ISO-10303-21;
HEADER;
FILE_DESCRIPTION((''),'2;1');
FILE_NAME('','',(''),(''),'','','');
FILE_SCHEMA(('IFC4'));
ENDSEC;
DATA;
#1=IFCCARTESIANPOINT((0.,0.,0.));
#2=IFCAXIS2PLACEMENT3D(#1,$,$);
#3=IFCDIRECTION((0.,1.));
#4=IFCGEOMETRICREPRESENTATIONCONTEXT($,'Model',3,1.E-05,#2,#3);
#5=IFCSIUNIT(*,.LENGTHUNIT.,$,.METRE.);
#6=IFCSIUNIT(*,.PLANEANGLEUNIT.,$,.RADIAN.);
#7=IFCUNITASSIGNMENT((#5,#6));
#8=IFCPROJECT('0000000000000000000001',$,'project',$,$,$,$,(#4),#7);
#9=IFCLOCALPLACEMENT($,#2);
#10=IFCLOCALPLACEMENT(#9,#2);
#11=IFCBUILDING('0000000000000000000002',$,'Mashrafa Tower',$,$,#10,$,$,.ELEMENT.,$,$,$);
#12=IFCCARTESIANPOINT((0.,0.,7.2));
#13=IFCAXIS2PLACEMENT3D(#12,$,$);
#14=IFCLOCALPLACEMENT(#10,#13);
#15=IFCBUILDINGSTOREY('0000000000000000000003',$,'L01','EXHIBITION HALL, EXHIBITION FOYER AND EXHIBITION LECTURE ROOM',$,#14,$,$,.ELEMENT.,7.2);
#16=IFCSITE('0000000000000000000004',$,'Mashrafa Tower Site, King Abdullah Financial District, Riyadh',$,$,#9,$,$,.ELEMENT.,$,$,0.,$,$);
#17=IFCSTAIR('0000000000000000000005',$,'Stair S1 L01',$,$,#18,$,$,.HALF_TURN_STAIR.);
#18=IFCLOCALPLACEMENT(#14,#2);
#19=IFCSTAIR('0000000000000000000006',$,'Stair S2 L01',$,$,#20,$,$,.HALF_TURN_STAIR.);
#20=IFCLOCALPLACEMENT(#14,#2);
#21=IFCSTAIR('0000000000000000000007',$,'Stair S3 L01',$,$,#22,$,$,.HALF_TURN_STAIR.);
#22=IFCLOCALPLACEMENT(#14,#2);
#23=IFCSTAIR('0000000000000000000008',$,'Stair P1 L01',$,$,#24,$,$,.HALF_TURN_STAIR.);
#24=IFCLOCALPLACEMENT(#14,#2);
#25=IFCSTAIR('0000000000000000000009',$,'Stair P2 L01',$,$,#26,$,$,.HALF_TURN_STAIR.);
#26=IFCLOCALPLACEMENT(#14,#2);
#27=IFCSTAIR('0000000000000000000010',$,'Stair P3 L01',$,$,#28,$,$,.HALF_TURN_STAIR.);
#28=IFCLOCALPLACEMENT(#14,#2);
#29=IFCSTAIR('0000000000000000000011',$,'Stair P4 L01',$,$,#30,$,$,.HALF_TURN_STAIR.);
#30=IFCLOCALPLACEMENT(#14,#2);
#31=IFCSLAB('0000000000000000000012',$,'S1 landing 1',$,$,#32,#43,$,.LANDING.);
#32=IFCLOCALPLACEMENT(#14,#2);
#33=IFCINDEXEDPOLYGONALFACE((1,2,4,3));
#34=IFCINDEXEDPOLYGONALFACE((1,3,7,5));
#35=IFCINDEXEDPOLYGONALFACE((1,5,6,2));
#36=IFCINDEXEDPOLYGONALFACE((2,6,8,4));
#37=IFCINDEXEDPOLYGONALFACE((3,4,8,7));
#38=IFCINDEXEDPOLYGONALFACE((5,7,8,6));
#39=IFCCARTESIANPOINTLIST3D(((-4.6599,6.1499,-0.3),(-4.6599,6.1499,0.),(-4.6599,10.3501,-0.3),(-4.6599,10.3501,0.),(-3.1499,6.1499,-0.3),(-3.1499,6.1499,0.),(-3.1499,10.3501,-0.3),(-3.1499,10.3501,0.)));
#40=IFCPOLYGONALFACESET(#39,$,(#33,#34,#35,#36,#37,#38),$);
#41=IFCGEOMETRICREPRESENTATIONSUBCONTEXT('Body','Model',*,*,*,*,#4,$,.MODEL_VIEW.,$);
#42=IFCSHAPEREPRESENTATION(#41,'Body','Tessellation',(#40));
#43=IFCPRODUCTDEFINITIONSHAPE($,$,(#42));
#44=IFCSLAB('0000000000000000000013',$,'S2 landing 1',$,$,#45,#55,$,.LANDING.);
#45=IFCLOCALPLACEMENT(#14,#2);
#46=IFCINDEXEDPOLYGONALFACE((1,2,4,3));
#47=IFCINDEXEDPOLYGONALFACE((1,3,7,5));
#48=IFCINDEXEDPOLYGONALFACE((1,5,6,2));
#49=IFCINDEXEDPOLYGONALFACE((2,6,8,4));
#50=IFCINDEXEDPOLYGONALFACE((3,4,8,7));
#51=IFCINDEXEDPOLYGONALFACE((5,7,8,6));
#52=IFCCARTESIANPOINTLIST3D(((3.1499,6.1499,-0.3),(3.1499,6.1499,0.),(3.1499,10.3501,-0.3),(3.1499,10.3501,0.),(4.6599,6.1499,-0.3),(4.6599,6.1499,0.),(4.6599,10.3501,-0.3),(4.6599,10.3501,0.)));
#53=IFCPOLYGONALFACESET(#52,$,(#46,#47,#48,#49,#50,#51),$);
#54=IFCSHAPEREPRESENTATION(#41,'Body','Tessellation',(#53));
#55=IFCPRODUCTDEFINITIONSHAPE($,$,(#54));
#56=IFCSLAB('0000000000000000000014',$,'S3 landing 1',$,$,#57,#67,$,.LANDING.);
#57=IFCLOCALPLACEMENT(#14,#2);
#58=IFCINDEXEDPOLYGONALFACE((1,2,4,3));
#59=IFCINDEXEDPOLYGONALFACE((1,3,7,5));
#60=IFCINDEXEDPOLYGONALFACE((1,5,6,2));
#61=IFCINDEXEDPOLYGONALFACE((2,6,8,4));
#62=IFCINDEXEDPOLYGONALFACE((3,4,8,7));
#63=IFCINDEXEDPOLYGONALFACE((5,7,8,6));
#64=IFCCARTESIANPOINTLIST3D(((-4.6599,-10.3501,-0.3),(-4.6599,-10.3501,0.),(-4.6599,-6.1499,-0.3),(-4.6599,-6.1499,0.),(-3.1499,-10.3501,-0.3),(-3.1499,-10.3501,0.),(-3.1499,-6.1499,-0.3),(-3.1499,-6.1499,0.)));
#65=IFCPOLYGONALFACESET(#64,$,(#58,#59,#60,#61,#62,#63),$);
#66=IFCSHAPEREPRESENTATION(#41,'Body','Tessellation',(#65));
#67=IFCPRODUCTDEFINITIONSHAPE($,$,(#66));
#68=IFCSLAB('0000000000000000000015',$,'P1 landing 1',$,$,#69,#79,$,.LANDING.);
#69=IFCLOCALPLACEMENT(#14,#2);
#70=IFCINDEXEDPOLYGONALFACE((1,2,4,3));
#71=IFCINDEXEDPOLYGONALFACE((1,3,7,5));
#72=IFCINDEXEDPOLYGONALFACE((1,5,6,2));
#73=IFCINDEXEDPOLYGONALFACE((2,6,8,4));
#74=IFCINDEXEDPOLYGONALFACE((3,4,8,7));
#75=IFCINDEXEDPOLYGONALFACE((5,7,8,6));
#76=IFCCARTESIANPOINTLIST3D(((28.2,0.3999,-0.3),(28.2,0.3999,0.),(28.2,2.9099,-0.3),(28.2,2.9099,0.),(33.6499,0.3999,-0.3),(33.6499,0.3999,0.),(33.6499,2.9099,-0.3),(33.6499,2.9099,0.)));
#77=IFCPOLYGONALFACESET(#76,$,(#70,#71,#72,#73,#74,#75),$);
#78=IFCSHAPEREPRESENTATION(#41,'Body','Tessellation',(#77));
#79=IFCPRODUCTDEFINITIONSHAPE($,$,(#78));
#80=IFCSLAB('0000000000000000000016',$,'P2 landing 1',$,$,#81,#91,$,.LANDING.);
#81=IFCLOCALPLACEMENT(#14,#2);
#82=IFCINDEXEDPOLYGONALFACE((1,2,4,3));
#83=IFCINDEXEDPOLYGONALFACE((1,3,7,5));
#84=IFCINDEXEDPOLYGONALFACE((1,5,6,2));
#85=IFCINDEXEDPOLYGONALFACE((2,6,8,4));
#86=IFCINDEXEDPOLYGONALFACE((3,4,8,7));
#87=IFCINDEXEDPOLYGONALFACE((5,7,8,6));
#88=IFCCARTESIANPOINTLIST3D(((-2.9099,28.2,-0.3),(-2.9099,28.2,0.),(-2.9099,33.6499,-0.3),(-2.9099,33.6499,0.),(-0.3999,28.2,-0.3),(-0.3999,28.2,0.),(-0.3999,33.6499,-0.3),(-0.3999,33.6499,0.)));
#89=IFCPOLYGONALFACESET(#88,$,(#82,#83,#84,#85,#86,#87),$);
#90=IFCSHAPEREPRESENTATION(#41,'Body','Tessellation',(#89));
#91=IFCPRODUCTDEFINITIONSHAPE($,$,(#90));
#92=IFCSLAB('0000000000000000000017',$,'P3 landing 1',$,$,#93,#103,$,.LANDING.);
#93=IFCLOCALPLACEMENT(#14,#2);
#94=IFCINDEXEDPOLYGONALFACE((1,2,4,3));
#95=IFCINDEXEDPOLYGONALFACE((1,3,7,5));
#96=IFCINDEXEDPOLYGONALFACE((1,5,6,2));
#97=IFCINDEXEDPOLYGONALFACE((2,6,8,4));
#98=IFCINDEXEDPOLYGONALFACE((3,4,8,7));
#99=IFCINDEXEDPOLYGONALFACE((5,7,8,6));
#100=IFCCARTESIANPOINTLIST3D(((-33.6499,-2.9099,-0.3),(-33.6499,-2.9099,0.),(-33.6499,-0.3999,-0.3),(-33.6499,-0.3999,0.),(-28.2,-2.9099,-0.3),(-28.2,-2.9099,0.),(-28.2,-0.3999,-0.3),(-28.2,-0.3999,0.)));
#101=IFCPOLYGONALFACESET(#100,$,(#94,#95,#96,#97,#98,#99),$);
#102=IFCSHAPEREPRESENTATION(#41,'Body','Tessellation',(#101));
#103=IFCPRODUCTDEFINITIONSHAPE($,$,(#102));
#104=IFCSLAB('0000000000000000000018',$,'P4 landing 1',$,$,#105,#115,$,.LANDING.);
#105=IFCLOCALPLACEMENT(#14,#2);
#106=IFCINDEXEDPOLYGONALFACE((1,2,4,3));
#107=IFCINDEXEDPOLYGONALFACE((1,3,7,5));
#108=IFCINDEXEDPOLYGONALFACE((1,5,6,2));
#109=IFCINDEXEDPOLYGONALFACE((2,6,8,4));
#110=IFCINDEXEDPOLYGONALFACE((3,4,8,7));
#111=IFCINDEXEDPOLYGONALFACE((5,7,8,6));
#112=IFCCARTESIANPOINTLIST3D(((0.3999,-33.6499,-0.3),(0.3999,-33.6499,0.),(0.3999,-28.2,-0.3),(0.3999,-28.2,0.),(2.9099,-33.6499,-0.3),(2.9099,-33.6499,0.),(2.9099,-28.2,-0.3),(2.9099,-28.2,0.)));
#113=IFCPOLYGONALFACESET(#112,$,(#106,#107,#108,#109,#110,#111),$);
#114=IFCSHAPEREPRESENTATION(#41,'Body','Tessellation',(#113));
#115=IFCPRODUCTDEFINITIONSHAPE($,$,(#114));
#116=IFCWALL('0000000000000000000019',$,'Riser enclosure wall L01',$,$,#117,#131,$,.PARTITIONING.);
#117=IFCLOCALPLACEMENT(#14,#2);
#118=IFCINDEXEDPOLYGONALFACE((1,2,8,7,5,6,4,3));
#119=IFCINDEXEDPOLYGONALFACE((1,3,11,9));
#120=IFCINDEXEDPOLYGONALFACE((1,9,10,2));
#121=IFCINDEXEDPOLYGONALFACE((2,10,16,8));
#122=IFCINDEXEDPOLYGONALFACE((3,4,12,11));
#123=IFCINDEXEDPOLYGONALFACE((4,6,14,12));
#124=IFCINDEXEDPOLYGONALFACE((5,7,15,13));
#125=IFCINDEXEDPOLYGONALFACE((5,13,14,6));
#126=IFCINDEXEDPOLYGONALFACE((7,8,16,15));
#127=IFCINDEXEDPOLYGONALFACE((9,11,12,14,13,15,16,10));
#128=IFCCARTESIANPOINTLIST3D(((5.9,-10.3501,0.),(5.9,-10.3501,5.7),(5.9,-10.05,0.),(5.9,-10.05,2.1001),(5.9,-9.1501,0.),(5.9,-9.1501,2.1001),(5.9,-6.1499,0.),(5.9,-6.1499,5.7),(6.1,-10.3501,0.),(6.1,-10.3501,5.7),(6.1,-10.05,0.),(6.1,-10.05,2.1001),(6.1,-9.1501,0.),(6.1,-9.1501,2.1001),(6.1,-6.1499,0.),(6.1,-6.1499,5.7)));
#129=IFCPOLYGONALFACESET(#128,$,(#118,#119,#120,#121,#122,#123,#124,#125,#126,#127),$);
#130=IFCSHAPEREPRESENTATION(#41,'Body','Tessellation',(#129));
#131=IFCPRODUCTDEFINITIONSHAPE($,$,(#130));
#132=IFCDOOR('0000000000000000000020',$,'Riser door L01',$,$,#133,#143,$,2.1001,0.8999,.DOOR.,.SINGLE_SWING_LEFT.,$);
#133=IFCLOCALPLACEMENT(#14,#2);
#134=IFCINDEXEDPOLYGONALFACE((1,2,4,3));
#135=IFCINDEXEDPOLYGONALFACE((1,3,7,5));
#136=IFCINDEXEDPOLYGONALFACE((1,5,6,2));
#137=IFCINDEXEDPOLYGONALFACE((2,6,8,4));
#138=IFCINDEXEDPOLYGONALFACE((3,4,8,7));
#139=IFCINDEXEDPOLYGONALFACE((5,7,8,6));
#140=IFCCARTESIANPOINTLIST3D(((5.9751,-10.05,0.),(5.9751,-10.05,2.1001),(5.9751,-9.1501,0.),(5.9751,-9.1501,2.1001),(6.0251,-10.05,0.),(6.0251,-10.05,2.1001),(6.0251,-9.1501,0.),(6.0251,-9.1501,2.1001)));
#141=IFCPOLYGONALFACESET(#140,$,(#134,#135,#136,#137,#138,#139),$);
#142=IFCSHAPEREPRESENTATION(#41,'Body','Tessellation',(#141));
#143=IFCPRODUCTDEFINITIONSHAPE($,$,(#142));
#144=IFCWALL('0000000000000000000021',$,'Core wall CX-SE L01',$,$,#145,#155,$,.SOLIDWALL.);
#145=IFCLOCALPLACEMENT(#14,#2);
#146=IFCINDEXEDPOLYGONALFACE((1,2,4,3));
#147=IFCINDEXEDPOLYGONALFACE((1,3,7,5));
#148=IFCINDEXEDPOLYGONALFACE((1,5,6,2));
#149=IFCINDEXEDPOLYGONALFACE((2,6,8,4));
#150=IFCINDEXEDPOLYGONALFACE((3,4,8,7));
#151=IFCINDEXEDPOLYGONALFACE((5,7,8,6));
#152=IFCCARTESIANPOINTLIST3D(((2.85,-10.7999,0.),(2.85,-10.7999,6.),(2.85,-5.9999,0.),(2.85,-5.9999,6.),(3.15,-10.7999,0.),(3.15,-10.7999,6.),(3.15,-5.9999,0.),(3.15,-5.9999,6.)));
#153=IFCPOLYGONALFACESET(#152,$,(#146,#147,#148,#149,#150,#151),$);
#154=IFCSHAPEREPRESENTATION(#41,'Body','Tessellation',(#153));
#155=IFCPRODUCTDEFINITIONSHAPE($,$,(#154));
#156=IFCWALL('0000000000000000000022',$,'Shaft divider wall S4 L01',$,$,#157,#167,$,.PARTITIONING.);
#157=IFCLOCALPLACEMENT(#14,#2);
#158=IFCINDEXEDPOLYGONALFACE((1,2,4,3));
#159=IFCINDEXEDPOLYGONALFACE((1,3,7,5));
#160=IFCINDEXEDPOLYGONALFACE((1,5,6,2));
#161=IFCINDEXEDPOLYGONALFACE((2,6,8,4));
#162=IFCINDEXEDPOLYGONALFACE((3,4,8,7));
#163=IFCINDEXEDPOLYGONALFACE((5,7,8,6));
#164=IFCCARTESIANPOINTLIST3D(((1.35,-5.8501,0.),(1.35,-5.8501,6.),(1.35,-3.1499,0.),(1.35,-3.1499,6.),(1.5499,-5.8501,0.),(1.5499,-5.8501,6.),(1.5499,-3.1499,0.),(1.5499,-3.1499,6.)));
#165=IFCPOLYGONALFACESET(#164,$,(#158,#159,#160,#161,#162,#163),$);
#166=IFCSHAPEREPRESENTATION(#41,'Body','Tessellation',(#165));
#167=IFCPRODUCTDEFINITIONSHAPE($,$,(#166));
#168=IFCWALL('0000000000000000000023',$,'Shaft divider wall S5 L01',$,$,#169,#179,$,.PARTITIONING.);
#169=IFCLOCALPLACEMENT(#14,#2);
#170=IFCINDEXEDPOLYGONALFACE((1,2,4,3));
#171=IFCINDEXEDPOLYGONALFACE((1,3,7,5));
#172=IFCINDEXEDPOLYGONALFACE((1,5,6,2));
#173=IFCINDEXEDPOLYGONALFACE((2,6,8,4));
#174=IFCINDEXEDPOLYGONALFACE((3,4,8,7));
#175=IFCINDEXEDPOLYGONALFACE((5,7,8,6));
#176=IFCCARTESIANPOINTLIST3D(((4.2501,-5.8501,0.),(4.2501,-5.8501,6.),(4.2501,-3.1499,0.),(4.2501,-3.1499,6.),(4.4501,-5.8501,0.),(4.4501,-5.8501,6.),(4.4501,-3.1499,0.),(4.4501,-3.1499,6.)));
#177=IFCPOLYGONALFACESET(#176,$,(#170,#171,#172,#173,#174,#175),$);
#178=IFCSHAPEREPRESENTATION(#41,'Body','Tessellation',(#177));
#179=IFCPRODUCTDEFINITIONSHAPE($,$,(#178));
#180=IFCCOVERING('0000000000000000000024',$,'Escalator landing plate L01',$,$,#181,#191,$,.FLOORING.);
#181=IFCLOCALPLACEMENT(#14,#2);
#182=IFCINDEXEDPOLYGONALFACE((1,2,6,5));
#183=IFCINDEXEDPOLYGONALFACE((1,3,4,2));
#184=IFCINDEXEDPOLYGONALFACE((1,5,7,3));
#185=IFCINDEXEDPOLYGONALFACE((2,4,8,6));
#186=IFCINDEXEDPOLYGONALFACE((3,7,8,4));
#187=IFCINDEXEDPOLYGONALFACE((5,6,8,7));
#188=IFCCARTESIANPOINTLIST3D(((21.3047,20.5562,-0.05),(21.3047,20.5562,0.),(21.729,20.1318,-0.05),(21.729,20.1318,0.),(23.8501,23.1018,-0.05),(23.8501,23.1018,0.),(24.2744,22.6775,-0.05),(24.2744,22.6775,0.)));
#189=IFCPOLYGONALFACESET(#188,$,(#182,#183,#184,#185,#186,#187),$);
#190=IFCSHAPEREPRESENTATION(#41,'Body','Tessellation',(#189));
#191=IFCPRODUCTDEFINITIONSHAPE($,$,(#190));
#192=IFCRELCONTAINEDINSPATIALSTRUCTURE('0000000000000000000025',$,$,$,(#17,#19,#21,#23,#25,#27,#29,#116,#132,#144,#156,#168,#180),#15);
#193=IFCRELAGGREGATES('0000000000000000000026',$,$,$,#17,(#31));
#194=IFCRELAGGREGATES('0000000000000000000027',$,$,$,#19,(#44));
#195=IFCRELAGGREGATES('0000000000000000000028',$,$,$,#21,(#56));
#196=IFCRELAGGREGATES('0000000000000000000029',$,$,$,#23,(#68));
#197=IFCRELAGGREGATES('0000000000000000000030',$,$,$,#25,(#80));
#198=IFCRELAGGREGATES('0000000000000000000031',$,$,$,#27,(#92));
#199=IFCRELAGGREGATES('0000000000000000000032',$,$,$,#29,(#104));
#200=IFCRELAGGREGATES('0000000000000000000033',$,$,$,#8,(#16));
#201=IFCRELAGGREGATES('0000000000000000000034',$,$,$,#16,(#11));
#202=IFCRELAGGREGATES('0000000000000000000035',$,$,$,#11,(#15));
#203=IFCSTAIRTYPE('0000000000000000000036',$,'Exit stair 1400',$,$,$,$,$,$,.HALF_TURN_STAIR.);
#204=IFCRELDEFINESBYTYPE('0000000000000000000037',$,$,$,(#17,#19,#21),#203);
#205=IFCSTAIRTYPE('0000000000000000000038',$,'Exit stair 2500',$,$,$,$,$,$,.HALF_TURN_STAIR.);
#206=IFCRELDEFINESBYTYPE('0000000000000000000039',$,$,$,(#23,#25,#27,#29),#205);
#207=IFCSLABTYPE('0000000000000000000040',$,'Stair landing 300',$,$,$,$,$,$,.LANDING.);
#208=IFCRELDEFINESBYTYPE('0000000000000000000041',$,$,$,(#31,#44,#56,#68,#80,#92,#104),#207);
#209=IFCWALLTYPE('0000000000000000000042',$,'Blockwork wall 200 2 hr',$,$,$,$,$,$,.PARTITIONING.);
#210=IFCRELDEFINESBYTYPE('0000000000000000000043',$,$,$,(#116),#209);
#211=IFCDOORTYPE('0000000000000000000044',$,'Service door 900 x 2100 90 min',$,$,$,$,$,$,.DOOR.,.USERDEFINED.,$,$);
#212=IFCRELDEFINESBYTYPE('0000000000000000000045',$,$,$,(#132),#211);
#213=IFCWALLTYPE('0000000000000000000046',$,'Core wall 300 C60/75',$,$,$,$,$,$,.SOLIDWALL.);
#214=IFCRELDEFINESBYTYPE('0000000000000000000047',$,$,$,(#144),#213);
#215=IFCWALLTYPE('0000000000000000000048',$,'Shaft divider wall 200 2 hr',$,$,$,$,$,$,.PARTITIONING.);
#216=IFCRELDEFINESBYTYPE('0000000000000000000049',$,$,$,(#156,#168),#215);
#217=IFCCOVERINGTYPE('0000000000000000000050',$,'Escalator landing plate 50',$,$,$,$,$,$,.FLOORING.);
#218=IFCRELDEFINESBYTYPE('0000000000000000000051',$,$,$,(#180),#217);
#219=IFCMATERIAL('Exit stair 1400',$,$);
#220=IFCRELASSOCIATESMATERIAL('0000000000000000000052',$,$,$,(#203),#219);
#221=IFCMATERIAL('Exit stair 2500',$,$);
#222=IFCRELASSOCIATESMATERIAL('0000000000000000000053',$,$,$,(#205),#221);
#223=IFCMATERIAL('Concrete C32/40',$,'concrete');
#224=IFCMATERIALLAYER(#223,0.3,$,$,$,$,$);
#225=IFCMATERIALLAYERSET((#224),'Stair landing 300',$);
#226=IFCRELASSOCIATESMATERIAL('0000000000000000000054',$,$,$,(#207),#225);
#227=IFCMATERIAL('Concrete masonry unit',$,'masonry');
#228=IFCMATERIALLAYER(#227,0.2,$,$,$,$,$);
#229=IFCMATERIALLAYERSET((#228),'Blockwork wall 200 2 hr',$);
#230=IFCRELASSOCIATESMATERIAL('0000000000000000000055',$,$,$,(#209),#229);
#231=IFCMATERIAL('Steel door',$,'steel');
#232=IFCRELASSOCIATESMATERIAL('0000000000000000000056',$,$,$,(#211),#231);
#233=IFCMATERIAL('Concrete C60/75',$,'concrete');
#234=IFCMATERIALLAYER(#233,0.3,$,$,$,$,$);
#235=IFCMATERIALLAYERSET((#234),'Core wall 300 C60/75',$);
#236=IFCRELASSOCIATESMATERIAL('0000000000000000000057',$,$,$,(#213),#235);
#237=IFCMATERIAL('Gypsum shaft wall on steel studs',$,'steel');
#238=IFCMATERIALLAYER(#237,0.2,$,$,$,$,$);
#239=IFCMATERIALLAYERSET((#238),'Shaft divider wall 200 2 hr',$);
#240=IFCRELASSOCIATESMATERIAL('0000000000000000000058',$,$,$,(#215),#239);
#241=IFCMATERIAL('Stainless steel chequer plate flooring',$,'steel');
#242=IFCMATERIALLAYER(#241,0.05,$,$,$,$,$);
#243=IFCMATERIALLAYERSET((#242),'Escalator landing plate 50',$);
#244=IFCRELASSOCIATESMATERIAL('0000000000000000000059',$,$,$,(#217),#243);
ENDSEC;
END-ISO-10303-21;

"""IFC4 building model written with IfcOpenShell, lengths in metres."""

from ifc_helpers import new_model, si_unit, direction, frame, frame_2d, origin, place, context, subcontext, project, spatial, polyline, rectangle, outline, extrude, material, layer, layer_set, type_object, element, fill, aggregate, save


model = new_model("IFC4")

# Units and contexts
model_context = context("Model", 3, precision=1e-05, world=origin(), true_north=direction((0.0, 1.0)))
body_context = subcontext(model_context, "Body", "Model", "MODEL_VIEW")
ifc_project = project(units=[si_unit("LENGTHUNIT", "METRE"), si_unit("PLANEANGLEUNIT", "RADIAN")], contexts=[model_context])

# Site, building, storey
site_placement = place(None, origin())
site = spatial("IfcSite", under=ifc_project, at=site_placement, Name="Mashrafa Tower Site, King Abdullah Financial District, Riyadh", CompositionType="ELEMENT", RefElevation=0.0)
building_placement = place(site_placement, origin())
building = spatial("IfcBuilding", under=site, at=building_placement, Name="Mashrafa Tower", CompositionType="ELEMENT")
storey_placement = place(building_placement, frame((0.0, 0.0, 7.2)))
storey = spatial("IfcBuildingStorey", under=building, at=storey_placement, Name="L01", Description="EXHIBITION HALL, EXHIBITION FOYER AND EXHIBITION LECTURE ROOM", CompositionType="ELEMENT", Elevation=7.2)

# Stairs
ifc_material_1 = material(Name="Exit stair 1400")
stair_type_1 = type_object("IfcStairType", Name="Exit stair 1400", PredefinedType="HALF_TURN_STAIR", material=ifc_material_1)
stair_1_placement = place(storey_placement, origin())
stair_1 = element("IfcStair", 1, at=stair_1_placement, inside=storey, type_object=stair_type_1, Name="Stair S1 L01", PredefinedType="HALF_TURN_STAIR")
stair_2_placement = place(storey_placement, origin())
stair_2 = element("IfcStair", 2, at=stair_2_placement, inside=storey, type_object=stair_type_1, Name="Stair S2 L01", PredefinedType="HALF_TURN_STAIR")
stair_3_placement = place(storey_placement, origin())
stair_3 = element("IfcStair", 3, at=stair_3_placement, inside=storey, type_object=stair_type_1, Name="Stair S3 L01", PredefinedType="HALF_TURN_STAIR")

# Stairs
ifc_material_2 = material(Name="Exit stair 2500")
stair_type_2 = type_object("IfcStairType", Name="Exit stair 2500", PredefinedType="HALF_TURN_STAIR", material=ifc_material_2)
stair_4_placement = place(storey_placement, origin())
stair_4 = element("IfcStair", 4, at=stair_4_placement, inside=storey, type_object=stair_type_2, Name="Stair P1 L01", PredefinedType="HALF_TURN_STAIR")
stair_5_placement = place(storey_placement, origin())
stair_5 = element("IfcStair", 5, at=stair_5_placement, inside=storey, type_object=stair_type_2, Name="Stair P2 L01", PredefinedType="HALF_TURN_STAIR")
stair_6_placement = place(storey_placement, origin())
stair_6 = element("IfcStair", 6, at=stair_6_placement, inside=storey, type_object=stair_type_2, Name="Stair P3 L01", PredefinedType="HALF_TURN_STAIR")
stair_7_placement = place(storey_placement, origin())
stair_7 = element("IfcStair", 7, at=stair_7_placement, inside=storey, type_object=stair_type_2, Name="Stair P4 L01", PredefinedType="HALF_TURN_STAIR")

# Slabs
ifc_material_3 = material(Name="Concrete C32/40", Category="concrete")
ifc_layer_1 = layer(ifc_material_3, 0.3)
ifc_layer_set_1 = layer_set([ifc_layer_1], Name="Stair landing 300")
slab_type_1 = type_object("IfcSlabType", Name="Stair landing 300", PredefinedType="LANDING", material=ifc_layer_set_1)
slab_1_placement = place(storey_placement, frame((0.0, 0.0, -0.3)))
slab_1 = element("IfcSlab", 8, at=slab_1_placement, type_object=slab_type_1, Name="S1 landing 1", PredefinedType="LANDING", context=body_context, shape_type="SweptSolid", body=[
    extrude(outline(polyline([(-4.6599, 6.1499), (-3.1499, 6.1499), (-3.1499, 10.3501), (-4.6599, 10.3501), (-4.6599, 6.1499)])), origin(), (0.0, 0.0, 1.0), 0.3),
])
aggregate(stair_1, [slab_1])
slab_2_placement = place(storey_placement, frame((0.0, 0.0, -0.3)))
slab_2 = element("IfcSlab", 9, at=slab_2_placement, type_object=slab_type_1, Name="S2 landing 1", PredefinedType="LANDING", context=body_context, shape_type="SweptSolid", body=[
    extrude(outline(polyline([(3.1499, 6.1499), (4.6599, 6.1499), (4.6599, 10.3501), (3.1499, 10.3501), (3.1499, 6.1499)])), origin(), (0.0, 0.0, 1.0), 0.3),
])
aggregate(stair_2, [slab_2])
slab_3_placement = place(storey_placement, frame((0.0, 0.0, -0.3)))
slab_3 = element("IfcSlab", 10, at=slab_3_placement, type_object=slab_type_1, Name="S3 landing 1", PredefinedType="LANDING", context=body_context, shape_type="SweptSolid", body=[
    extrude(outline(polyline([(-4.6599, -10.3501), (-3.1499, -10.3501), (-3.1499, -6.1499), (-4.6599, -6.1499), (-4.6599, -10.3501)])), origin(), (0.0, 0.0, 1.0), 0.3),
])
aggregate(stair_3, [slab_3])
slab_4_placement = place(storey_placement, frame((0.0, 0.0, -0.3)))
slab_4 = element("IfcSlab", 11, at=slab_4_placement, type_object=slab_type_1, Name="P1 landing 1", PredefinedType="LANDING", context=body_context, shape_type="SweptSolid", body=[
    extrude(outline(polyline([(33.6499, 0.3999), (33.6499, 2.9099), (28.2, 2.9099), (28.2, 0.3999), (33.6499, 0.3999)])), origin(), (0.0, 0.0, 1.0), 0.3),
])
aggregate(stair_4, [slab_4])
slab_5_placement = place(storey_placement, frame((0.0, 0.0, -0.3)))
slab_5 = element("IfcSlab", 12, at=slab_5_placement, type_object=slab_type_1, Name="P2 landing 1", PredefinedType="LANDING", context=body_context, shape_type="SweptSolid", body=[
    extrude(outline(polyline([(-2.9099, 28.2), (-0.3999, 28.2), (-0.3999, 33.6499), (-2.9099, 33.6499), (-2.9099, 28.2)])), origin(), (0.0, 0.0, 1.0), 0.3),
])
aggregate(stair_5, [slab_5])
slab_6_placement = place(storey_placement, frame((0.0, 0.0, -0.3)))
slab_6 = element("IfcSlab", 13, at=slab_6_placement, type_object=slab_type_1, Name="P3 landing 1", PredefinedType="LANDING", context=body_context, shape_type="SweptSolid", body=[
    extrude(outline(polyline([(-28.2, -2.9099), (-28.2, -0.3999), (-33.6499, -0.3999), (-33.6499, -2.9099), (-28.2, -2.9099)])), origin(), (0.0, 0.0, 1.0), 0.3),
])
aggregate(stair_6, [slab_6])
slab_7_placement = place(storey_placement, frame((0.0, 0.0, -0.3)))
slab_7 = element("IfcSlab", 14, at=slab_7_placement, type_object=slab_type_1, Name="P4 landing 1", PredefinedType="LANDING", context=body_context, shape_type="SweptSolid", body=[
    extrude(outline(polyline([(0.3999, -33.6499), (2.9099, -33.6499), (2.9099, -28.2), (0.3999, -28.2), (0.3999, -33.6499)])), origin(), (0.0, 0.0, 1.0), 0.3),
])
aggregate(stair_7, [slab_7])

# Wall, opening, door
ifc_material_4 = material(Name="Concrete masonry unit", Category="masonry")
ifc_layer_2 = layer(ifc_material_4, 0.2)
ifc_layer_set_2 = layer_set([ifc_layer_2], Name="Blockwork wall 200 2 hr")
wall_type_1 = type_object("IfcWallType", Name="Blockwork wall 200 2 hr", PredefinedType="PARTITIONING", material=ifc_layer_set_2)
wall_1_placement = place(storey_placement, frame((6.0, -10.3501, 0.0), z_axis=(0.0, 0.0, 1.0), x_axis=(0.0, 1.0, 0.0)))
wall_1 = element("IfcWall", 15, at=wall_1_placement, inside=storey, type_object=wall_type_1, Name="Riser enclosure wall L01", PredefinedType="PARTITIONING", context=body_context, shape_type="SweptSolid", body=[
    extrude(rectangle(XDim=4.2002, YDim=0.2, at=frame_2d((2.1001, 0.0))), origin(), (0.0, 0.0, 1.0), 5.7),
])
opening_placement = place(wall_1_placement, frame((0.3, 0.0, 0.0)))
opening = element("IfcOpeningElement", 16, at=opening_placement, cuts=wall_1, PredefinedType="OPENING", context=body_context, shape_type="SweptSolid", body=[
    extrude(rectangle(XDim=0.8999, YDim=2.1001, at=frame_2d((0.45, 1.05))), frame((0.0, 0.1099, 0.0), z_axis=(0.0, -1.0, 0.0), x_axis=(1.0, 0.0, 0.0)), (0.0, 0.0, 1.0), 0.22),
])
ifc_material_5 = material(Name="Steel door", Category="steel")
door_type = type_object("IfcDoorType", Name="Service door 900 x 2100 90 min", OperationType="USERDEFINED", PredefinedType="DOOR", material=ifc_material_5)
door_placement = place(opening_placement, origin())
door = element("IfcDoor", 17, at=door_placement, inside=storey, type_object=door_type, Name="Riser door L01", OperationType="SINGLE_SWING_LEFT", OverallHeight=2.1001, OverallWidth=0.8999, PredefinedType="DOOR", context=body_context, shape_type="SweptSolid", body=[
    extrude(rectangle(XDim=0.8999, YDim=2.1001, at=frame_2d((0.45, 1.05))), frame((0.0, 0.0249, 0.0), z_axis=(0.0, -1.0, 0.0), x_axis=(1.0, 0.0, 0.0)), (0.0, 0.0, 1.0), 0.05),
])
fill(opening, door)

# Walls
ifc_material_6 = material(Name="Concrete C60/75", Category="concrete")
ifc_layer_3 = layer(ifc_material_6, 0.3)
ifc_layer_set_3 = layer_set([ifc_layer_3], Name="Core wall 300 C60/75")
wall_type_2 = type_object("IfcWallType", Name="Core wall 300 C60/75", PredefinedType="SOLIDWALL", material=ifc_layer_set_3)
wall_2_placement = place(storey_placement, frame((3.0, -6.0, 0.0), z_axis=(0.0, 0.0, 1.0), x_axis=(0.0, -1.0, 0.0)))
element("IfcWall", 18, at=wall_2_placement, inside=storey, type_object=wall_type_2, Name="Core wall CX-SE L01", PredefinedType="SOLIDWALL", context=body_context, shape_type="SweptSolid", body=[
    extrude(rectangle(XDim=4.8, YDim=0.3, at=frame_2d((2.3999, 0.0))), origin(), (0.0, 0.0, 1.0), 6.0),
])
ifc_material_7 = material(Name="Gypsum shaft wall on steel studs", Category="steel")
ifc_layer_4 = layer(ifc_material_7, 0.2)
ifc_layer_set_4 = layer_set([ifc_layer_4], Name="Shaft divider wall 200 2 hr")
wall_type_3 = type_object("IfcWallType", Name="Shaft divider wall 200 2 hr", PredefinedType="PARTITIONING", material=ifc_layer_set_4)
for number, where, z_axis, x_axis, name in (
    (19, (1.45, -5.8501, 0.0), (0.0, 0.0, 1.0), (0.0, 1.0, 0.0), "Shaft divider wall S4 L01"),
    (20, (4.3501, -5.8501, 0.0), (0.0, 0.0, 1.0), (0.0, 1.0, 0.0), "Shaft divider wall S5 L01"),
):
    element("IfcWall", number, at=place(storey_placement, frame(where, z_axis=z_axis, x_axis=x_axis)), inside=storey, type_object=wall_type_3, Name=name, PredefinedType="PARTITIONING", context=body_context, shape_type="SweptSolid", body=[
        extrude(rectangle(XDim=2.7002, YDim=0.2, at=frame_2d((1.3501, 0.0))), origin(), (0.0, 0.0, 1.0), 6.0),
    ])

# Covering
ifc_material_8 = material(Name="Stainless steel chequer plate flooring", Category="steel")
ifc_layer_5 = layer(ifc_material_8, 0.05)
ifc_layer_set_5 = layer_set([ifc_layer_5], Name="Escalator landing plate 50")
covering_type_1 = type_object("IfcCoveringType", Name="Escalator landing plate 50", PredefinedType="FLOORING", material=ifc_layer_set_5)
covering_1_placement = place(storey_placement, frame((0.0, 0.0, -0.05)))
element("IfcCovering", 21, at=covering_1_placement, inside=storey, type_object=covering_type_1, Name="Escalator landing plate L01", PredefinedType="FLOORING", context=body_context, shape_type="SweptSolid", body=[
    extrude(outline(polyline([(21.729, 20.1318), (24.2744, 22.6775), (23.8501, 23.1018), (21.3047, 20.5562), (21.729, 20.1318)])), origin(), (0.0, 0.0, 1.0), 0.05),
])

save(model, "model.ifc")
